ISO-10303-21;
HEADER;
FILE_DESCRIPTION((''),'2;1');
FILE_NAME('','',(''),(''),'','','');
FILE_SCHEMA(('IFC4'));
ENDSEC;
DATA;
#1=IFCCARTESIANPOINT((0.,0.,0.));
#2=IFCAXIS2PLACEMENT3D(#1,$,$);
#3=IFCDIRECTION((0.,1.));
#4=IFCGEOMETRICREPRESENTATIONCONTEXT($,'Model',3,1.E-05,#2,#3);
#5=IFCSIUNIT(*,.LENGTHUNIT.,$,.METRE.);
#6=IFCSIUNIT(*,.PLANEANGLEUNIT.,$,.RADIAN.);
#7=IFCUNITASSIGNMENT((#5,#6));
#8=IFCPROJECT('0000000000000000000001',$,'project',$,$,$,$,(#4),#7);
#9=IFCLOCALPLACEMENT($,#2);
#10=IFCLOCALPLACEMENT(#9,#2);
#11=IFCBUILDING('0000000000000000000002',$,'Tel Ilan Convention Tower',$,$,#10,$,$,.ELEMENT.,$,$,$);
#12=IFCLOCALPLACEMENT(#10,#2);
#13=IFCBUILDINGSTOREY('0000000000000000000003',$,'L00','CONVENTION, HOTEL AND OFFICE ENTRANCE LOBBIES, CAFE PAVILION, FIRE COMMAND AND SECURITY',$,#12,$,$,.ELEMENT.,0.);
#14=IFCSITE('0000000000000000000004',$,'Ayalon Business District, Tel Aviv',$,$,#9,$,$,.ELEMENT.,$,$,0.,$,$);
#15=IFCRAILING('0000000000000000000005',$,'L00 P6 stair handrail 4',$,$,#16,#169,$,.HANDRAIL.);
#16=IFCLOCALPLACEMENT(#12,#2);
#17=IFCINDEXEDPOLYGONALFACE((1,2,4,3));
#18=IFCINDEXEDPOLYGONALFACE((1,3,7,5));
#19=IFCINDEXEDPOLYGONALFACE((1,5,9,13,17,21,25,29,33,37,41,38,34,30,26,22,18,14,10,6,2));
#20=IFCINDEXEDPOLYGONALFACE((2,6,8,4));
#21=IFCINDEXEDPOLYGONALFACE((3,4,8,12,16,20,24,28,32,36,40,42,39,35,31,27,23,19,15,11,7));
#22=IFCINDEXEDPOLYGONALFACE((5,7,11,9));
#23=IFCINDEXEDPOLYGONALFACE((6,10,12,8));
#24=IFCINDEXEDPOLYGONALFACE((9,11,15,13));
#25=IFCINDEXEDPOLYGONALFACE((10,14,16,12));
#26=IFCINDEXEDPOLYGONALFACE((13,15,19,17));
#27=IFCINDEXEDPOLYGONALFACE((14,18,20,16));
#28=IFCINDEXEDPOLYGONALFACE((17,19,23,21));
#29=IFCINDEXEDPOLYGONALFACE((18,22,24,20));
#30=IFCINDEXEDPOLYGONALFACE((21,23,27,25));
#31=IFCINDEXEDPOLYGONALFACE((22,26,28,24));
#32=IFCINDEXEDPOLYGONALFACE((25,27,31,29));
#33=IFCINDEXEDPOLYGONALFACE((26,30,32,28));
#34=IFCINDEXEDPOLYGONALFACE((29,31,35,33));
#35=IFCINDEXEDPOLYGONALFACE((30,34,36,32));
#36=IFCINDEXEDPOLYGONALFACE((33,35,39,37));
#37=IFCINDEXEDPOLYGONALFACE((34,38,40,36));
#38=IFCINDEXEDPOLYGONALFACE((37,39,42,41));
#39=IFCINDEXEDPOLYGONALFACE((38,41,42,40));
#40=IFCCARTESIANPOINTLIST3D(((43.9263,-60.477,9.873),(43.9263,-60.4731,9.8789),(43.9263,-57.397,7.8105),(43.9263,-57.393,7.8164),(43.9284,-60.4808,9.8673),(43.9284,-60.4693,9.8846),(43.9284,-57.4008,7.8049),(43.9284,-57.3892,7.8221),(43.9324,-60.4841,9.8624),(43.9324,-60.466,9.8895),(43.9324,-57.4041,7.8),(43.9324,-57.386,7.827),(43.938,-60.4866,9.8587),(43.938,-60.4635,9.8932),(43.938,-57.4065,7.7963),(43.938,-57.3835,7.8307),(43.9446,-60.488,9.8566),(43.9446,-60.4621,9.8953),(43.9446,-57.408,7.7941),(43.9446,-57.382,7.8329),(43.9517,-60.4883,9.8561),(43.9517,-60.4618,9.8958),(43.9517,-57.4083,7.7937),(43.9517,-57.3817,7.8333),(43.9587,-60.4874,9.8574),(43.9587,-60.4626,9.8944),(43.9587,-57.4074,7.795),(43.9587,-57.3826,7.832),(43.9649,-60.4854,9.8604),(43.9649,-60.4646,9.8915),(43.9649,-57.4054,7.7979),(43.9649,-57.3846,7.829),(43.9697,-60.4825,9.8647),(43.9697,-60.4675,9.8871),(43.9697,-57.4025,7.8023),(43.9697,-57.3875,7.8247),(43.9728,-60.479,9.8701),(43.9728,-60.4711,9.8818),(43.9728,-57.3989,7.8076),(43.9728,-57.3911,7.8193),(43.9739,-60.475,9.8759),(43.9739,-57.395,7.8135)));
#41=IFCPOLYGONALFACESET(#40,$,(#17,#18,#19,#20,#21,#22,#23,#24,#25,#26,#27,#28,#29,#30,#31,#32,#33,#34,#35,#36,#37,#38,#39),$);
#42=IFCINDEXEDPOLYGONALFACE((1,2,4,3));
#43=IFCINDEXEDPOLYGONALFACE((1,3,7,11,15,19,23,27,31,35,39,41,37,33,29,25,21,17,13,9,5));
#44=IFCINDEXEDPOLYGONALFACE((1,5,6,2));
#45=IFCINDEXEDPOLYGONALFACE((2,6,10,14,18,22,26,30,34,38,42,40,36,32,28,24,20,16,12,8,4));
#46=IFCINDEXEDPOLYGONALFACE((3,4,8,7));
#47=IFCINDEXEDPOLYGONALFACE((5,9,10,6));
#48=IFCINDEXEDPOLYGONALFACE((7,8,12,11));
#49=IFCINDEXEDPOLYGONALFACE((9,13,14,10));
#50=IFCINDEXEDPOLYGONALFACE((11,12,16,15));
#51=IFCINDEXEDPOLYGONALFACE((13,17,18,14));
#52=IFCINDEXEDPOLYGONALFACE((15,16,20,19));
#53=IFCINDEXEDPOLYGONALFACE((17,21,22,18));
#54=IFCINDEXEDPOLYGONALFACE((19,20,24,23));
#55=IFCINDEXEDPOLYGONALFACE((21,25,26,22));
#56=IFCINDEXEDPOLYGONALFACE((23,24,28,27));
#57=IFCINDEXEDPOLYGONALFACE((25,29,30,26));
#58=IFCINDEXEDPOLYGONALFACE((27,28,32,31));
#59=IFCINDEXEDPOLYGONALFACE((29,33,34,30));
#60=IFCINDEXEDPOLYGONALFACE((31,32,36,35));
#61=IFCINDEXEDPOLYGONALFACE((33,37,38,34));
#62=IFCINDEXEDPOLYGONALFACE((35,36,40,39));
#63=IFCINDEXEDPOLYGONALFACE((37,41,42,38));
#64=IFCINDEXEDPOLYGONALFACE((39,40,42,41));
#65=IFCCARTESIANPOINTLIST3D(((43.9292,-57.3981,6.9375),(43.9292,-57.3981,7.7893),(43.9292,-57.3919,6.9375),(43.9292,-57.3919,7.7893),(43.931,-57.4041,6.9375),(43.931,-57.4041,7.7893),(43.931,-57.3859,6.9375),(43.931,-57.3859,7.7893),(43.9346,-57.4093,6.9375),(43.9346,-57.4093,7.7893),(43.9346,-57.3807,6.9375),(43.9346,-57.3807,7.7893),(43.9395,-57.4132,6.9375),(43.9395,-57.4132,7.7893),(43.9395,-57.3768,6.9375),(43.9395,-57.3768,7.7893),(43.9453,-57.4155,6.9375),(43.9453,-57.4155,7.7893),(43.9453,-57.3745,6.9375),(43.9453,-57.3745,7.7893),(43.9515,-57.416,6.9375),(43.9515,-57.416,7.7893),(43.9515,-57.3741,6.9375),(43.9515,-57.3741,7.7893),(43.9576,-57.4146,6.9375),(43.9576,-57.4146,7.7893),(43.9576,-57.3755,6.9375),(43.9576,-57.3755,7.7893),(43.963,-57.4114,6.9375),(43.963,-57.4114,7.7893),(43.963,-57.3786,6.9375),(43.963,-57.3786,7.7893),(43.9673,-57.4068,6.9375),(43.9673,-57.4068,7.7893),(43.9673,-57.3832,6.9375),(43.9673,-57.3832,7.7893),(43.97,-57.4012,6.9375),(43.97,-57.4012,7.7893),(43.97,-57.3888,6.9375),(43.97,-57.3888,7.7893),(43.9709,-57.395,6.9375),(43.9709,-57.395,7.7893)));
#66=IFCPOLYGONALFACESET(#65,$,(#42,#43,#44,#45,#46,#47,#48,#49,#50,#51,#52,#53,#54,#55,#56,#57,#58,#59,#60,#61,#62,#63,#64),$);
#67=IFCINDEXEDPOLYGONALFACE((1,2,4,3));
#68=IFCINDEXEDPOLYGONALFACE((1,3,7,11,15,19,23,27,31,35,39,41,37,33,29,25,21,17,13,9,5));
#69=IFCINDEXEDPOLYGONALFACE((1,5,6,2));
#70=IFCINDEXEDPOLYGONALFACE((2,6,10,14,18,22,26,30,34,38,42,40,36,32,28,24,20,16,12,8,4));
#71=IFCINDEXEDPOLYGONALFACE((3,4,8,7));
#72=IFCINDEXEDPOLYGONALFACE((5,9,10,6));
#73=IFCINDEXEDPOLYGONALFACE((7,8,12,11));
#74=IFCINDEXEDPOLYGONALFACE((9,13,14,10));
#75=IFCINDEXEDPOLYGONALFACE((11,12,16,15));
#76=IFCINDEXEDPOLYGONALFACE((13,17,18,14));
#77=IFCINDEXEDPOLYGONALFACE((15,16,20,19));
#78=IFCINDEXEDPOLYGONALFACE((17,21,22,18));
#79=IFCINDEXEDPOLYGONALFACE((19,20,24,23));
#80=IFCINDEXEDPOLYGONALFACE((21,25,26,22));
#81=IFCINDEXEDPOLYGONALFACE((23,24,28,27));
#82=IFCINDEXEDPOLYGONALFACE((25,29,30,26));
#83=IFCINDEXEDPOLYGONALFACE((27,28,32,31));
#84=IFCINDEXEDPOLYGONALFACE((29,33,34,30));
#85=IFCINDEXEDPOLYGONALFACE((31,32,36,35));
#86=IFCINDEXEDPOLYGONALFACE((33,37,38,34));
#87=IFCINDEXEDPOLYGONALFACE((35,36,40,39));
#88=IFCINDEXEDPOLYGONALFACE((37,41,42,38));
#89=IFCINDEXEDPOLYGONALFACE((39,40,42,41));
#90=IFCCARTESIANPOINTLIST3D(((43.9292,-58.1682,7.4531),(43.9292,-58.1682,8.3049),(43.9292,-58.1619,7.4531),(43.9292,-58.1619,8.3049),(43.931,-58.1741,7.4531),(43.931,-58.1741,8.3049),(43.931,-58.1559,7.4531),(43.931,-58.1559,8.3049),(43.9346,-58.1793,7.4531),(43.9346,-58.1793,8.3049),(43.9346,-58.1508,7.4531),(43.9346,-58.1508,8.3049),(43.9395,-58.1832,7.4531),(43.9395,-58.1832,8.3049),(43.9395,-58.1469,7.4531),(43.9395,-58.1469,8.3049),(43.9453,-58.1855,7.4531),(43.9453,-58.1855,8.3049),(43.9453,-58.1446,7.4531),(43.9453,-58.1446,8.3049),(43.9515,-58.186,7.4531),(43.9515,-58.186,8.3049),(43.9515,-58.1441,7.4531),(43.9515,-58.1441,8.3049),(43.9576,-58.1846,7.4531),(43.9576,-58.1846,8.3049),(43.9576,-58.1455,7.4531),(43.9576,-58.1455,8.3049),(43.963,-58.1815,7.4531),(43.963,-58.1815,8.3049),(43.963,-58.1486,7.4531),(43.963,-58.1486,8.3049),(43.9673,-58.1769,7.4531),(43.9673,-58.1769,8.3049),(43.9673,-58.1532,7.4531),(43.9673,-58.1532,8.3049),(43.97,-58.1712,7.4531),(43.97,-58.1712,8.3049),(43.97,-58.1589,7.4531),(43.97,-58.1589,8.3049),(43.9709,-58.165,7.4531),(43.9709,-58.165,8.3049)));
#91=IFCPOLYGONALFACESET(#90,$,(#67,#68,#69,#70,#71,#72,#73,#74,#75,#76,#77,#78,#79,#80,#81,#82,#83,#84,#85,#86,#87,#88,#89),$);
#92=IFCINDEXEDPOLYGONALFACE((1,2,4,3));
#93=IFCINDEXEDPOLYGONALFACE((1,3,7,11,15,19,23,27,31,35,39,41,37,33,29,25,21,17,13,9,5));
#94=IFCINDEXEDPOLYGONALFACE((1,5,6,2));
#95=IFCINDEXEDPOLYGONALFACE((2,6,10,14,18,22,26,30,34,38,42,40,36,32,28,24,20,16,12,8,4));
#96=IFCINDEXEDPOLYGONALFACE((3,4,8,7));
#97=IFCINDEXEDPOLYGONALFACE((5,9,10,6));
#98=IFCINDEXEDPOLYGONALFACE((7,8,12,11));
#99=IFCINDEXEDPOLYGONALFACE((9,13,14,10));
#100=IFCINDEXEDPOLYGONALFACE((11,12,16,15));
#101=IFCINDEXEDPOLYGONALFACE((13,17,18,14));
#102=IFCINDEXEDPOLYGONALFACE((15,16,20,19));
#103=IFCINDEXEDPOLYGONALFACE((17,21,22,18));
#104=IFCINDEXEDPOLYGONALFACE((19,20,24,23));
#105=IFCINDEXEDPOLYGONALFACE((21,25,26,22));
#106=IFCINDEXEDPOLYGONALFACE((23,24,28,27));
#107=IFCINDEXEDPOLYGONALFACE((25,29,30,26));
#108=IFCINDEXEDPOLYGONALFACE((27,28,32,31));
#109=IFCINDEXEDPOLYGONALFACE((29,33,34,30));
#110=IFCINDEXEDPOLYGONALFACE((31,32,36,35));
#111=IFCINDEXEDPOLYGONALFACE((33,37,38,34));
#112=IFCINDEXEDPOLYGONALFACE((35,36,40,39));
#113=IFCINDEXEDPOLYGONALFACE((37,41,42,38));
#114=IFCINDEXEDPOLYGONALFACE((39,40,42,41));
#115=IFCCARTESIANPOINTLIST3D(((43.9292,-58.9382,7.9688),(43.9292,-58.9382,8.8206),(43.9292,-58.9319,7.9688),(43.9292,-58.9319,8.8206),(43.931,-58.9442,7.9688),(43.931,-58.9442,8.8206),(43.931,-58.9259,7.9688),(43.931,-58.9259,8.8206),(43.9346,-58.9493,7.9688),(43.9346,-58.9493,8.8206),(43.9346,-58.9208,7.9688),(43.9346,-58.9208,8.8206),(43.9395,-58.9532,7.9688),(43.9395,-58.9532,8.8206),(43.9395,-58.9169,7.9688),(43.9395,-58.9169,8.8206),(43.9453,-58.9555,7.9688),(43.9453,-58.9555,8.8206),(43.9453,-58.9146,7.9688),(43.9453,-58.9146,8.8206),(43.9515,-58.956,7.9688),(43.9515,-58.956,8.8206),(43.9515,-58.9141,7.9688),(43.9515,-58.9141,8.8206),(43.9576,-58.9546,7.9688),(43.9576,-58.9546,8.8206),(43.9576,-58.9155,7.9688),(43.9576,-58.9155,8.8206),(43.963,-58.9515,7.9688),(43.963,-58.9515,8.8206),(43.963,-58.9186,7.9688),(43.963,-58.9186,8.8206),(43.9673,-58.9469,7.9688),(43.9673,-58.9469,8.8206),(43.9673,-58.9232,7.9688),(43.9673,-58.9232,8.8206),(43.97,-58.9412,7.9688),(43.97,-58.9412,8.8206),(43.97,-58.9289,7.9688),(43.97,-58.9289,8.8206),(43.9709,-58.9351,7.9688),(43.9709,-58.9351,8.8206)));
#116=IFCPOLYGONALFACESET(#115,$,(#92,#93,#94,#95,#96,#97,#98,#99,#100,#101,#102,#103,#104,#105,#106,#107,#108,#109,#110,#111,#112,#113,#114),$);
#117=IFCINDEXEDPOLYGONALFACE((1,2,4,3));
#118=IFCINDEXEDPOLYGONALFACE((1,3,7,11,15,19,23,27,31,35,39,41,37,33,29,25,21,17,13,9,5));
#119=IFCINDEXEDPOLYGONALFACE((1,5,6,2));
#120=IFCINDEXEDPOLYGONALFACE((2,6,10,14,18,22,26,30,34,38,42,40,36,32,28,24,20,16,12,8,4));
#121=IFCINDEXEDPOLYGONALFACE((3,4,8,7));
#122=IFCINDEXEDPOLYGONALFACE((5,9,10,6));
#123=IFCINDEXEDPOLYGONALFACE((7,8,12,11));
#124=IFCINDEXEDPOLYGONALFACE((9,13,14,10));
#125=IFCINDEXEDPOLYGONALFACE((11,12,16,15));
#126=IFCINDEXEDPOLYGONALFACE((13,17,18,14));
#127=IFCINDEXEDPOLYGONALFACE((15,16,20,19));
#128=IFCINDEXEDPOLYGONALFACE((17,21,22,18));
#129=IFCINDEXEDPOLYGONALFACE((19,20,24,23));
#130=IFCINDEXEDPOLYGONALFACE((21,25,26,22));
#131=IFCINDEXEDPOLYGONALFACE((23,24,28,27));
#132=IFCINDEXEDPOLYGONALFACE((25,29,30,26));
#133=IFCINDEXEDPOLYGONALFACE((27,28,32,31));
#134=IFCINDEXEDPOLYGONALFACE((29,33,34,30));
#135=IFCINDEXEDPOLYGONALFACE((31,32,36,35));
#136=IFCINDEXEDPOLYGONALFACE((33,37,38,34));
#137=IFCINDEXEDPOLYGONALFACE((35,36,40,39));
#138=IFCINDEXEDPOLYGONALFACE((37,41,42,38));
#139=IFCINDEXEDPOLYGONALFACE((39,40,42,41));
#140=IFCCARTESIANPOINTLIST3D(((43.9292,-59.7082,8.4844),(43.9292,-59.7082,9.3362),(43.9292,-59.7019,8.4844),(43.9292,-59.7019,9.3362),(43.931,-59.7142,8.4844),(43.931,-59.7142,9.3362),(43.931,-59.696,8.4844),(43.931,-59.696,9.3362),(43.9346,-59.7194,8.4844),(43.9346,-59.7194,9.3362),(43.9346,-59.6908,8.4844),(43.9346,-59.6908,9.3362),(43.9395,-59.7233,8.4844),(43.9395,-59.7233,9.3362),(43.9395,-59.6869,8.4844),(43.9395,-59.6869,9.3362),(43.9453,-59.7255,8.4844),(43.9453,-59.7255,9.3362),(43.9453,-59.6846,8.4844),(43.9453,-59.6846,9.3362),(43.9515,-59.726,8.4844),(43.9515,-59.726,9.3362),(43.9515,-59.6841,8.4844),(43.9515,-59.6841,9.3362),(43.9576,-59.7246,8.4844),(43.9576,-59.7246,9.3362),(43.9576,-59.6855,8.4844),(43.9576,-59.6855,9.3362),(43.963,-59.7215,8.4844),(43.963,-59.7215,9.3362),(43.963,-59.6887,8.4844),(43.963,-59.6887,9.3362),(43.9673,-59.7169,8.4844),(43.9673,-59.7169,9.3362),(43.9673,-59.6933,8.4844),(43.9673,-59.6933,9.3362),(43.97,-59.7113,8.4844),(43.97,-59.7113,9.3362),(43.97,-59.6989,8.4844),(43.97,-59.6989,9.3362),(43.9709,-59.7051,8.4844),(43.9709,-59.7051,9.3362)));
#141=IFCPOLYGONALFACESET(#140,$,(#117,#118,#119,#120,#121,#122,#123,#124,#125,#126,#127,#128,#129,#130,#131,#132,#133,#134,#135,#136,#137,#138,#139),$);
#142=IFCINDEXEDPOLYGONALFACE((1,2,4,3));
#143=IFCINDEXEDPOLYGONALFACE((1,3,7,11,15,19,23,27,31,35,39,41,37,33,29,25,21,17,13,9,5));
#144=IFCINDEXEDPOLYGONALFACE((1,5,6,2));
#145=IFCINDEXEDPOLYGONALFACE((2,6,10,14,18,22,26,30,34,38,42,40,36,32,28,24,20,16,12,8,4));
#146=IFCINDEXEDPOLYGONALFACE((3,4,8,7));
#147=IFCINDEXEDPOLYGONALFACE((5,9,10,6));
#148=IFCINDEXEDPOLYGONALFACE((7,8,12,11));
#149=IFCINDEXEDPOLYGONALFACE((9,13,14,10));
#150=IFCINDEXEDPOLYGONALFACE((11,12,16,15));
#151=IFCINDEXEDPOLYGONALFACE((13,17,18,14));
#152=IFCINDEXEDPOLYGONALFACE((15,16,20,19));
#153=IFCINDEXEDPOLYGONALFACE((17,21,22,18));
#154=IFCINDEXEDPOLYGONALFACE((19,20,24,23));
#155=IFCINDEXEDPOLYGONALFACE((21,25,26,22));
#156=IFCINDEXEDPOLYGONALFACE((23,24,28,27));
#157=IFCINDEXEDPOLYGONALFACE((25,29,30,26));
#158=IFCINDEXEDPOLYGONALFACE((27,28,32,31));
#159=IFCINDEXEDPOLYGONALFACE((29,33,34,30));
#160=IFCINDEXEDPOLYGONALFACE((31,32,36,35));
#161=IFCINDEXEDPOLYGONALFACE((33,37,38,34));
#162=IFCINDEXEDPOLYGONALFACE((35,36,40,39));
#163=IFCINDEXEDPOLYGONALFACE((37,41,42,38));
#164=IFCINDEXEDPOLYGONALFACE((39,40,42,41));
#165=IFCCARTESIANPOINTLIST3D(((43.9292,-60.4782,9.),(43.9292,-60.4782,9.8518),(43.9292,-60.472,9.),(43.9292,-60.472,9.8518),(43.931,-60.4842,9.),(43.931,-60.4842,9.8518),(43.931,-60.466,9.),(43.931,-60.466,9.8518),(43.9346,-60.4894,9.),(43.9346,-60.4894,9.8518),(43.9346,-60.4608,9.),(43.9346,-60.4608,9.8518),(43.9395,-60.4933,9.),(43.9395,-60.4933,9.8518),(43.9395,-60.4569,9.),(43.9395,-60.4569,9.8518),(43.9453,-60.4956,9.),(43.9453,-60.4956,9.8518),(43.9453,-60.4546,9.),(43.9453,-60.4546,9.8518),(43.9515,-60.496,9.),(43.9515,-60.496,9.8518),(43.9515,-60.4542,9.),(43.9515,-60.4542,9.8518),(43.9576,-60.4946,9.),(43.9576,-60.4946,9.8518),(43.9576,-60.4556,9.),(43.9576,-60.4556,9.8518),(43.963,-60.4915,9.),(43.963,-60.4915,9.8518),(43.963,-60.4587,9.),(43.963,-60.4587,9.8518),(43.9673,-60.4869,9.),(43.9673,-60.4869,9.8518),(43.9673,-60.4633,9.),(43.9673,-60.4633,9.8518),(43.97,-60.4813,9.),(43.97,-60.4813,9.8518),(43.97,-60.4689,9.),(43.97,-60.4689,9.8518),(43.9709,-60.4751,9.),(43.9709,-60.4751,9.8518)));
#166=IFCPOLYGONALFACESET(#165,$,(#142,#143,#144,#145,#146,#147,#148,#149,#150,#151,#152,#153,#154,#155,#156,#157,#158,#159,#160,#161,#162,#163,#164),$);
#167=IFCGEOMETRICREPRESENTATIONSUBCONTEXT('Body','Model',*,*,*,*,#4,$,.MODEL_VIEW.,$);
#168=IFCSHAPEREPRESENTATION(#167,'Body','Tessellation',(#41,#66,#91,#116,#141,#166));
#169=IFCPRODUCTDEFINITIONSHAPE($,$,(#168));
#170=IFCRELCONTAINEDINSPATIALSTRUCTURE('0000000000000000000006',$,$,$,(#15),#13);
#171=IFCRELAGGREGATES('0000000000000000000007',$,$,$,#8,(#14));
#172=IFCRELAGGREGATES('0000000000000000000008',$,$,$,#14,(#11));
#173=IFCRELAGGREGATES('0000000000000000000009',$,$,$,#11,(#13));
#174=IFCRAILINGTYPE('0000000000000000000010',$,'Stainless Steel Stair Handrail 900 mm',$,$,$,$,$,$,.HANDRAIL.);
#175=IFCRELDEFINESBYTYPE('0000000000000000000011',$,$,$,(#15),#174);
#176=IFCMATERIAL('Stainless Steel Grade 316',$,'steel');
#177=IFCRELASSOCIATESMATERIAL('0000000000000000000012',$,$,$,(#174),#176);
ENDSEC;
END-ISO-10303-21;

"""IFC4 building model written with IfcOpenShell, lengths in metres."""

from ifc_helpers import new_model, si_unit, direction, frame, origin, origin_2d, place, context, subcontext, project, spatial, circle, extrude, material, type_object, element, save


model = new_model("IFC4")

# Units and contexts
model_context = context("Model", 3, precision=1e-05, world=origin(), true_north=direction((0.0, 1.0)))
body_context = subcontext(model_context, "Body", "Model", "MODEL_VIEW")
ifc_project = project(units=[si_unit("LENGTHUNIT", "METRE"), si_unit("PLANEANGLEUNIT", "RADIAN")], contexts=[model_context])

# Site, building, storey
site_placement = place(None, origin())
site = spatial("IfcSite", under=ifc_project, at=site_placement, Name="Ayalon Business District, Tel Aviv", CompositionType="ELEMENT", RefElevation=0.0)
building_placement = place(site_placement, origin())
building = spatial("IfcBuilding", under=site, at=building_placement, Name="Tel Ilan Convention Tower", CompositionType="ELEMENT")
storey_placement = place(building_placement, origin())
storey = spatial("IfcBuildingStorey", under=building, at=storey_placement, Name="L00", Description="CONVENTION, HOTEL AND OFFICE ENTRANCE LOBBIES, CAFE PAVILION, FIRE COMMAND AND SECURITY", CompositionType="ELEMENT", Elevation=0.0)

# Railing
ifc_material_1 = material(Name="Stainless Steel Grade 316", Category="steel")
railing_type_1 = type_object("IfcRailingType", Name="Stainless Steel Stair Handrail 900 mm", PredefinedType="HANDRAIL", material=ifc_material_1)
for number, where, name in (
    (1, (43.95, -57.395, 6.9375), "L00 P6 stair handrail 4"),
):
    element("IfcRailing", number, at=place(storey_placement, frame(where)), inside=storey, type_object=railing_type_1, Name=name, PredefinedType="HANDRAIL", context=body_context, shape_type="SweptSolid", body=[
        extrude(circle(Radius=0.0239, at=origin_2d()), frame((0.0, 0.0, 0.876), z_axis=(0.0, -0.830914, 0.556401), x_axis=(1.0, 0.0, 0.0)), (0.0, 0.0, 1.0), 3.7068),
        extrude(circle(Radius=0.021, at=origin_2d()), origin(), (0.0, 0.0, 1.0), 0.8518),
        extrude(circle(Radius=0.021, at=origin_2d()), frame((0.0, -0.77, 0.5156)), (0.0, 0.0, 1.0), 0.8518),
        extrude(circle(Radius=0.021, at=origin_2d()), frame((0.0, -1.54, 1.0312)), (0.0, 0.0, 1.0), 0.8518),
        extrude(circle(Radius=0.021, at=origin_2d()), frame((0.0, -2.3101, 1.5469)), (0.0, 0.0, 1.0), 0.8518),
        extrude(circle(Radius=0.021, at=origin_2d()), frame((0.0, -3.0801, 2.0625)), (0.0, 0.0, 1.0), 0.8518),
    ])

save(model, "model.ifc")
